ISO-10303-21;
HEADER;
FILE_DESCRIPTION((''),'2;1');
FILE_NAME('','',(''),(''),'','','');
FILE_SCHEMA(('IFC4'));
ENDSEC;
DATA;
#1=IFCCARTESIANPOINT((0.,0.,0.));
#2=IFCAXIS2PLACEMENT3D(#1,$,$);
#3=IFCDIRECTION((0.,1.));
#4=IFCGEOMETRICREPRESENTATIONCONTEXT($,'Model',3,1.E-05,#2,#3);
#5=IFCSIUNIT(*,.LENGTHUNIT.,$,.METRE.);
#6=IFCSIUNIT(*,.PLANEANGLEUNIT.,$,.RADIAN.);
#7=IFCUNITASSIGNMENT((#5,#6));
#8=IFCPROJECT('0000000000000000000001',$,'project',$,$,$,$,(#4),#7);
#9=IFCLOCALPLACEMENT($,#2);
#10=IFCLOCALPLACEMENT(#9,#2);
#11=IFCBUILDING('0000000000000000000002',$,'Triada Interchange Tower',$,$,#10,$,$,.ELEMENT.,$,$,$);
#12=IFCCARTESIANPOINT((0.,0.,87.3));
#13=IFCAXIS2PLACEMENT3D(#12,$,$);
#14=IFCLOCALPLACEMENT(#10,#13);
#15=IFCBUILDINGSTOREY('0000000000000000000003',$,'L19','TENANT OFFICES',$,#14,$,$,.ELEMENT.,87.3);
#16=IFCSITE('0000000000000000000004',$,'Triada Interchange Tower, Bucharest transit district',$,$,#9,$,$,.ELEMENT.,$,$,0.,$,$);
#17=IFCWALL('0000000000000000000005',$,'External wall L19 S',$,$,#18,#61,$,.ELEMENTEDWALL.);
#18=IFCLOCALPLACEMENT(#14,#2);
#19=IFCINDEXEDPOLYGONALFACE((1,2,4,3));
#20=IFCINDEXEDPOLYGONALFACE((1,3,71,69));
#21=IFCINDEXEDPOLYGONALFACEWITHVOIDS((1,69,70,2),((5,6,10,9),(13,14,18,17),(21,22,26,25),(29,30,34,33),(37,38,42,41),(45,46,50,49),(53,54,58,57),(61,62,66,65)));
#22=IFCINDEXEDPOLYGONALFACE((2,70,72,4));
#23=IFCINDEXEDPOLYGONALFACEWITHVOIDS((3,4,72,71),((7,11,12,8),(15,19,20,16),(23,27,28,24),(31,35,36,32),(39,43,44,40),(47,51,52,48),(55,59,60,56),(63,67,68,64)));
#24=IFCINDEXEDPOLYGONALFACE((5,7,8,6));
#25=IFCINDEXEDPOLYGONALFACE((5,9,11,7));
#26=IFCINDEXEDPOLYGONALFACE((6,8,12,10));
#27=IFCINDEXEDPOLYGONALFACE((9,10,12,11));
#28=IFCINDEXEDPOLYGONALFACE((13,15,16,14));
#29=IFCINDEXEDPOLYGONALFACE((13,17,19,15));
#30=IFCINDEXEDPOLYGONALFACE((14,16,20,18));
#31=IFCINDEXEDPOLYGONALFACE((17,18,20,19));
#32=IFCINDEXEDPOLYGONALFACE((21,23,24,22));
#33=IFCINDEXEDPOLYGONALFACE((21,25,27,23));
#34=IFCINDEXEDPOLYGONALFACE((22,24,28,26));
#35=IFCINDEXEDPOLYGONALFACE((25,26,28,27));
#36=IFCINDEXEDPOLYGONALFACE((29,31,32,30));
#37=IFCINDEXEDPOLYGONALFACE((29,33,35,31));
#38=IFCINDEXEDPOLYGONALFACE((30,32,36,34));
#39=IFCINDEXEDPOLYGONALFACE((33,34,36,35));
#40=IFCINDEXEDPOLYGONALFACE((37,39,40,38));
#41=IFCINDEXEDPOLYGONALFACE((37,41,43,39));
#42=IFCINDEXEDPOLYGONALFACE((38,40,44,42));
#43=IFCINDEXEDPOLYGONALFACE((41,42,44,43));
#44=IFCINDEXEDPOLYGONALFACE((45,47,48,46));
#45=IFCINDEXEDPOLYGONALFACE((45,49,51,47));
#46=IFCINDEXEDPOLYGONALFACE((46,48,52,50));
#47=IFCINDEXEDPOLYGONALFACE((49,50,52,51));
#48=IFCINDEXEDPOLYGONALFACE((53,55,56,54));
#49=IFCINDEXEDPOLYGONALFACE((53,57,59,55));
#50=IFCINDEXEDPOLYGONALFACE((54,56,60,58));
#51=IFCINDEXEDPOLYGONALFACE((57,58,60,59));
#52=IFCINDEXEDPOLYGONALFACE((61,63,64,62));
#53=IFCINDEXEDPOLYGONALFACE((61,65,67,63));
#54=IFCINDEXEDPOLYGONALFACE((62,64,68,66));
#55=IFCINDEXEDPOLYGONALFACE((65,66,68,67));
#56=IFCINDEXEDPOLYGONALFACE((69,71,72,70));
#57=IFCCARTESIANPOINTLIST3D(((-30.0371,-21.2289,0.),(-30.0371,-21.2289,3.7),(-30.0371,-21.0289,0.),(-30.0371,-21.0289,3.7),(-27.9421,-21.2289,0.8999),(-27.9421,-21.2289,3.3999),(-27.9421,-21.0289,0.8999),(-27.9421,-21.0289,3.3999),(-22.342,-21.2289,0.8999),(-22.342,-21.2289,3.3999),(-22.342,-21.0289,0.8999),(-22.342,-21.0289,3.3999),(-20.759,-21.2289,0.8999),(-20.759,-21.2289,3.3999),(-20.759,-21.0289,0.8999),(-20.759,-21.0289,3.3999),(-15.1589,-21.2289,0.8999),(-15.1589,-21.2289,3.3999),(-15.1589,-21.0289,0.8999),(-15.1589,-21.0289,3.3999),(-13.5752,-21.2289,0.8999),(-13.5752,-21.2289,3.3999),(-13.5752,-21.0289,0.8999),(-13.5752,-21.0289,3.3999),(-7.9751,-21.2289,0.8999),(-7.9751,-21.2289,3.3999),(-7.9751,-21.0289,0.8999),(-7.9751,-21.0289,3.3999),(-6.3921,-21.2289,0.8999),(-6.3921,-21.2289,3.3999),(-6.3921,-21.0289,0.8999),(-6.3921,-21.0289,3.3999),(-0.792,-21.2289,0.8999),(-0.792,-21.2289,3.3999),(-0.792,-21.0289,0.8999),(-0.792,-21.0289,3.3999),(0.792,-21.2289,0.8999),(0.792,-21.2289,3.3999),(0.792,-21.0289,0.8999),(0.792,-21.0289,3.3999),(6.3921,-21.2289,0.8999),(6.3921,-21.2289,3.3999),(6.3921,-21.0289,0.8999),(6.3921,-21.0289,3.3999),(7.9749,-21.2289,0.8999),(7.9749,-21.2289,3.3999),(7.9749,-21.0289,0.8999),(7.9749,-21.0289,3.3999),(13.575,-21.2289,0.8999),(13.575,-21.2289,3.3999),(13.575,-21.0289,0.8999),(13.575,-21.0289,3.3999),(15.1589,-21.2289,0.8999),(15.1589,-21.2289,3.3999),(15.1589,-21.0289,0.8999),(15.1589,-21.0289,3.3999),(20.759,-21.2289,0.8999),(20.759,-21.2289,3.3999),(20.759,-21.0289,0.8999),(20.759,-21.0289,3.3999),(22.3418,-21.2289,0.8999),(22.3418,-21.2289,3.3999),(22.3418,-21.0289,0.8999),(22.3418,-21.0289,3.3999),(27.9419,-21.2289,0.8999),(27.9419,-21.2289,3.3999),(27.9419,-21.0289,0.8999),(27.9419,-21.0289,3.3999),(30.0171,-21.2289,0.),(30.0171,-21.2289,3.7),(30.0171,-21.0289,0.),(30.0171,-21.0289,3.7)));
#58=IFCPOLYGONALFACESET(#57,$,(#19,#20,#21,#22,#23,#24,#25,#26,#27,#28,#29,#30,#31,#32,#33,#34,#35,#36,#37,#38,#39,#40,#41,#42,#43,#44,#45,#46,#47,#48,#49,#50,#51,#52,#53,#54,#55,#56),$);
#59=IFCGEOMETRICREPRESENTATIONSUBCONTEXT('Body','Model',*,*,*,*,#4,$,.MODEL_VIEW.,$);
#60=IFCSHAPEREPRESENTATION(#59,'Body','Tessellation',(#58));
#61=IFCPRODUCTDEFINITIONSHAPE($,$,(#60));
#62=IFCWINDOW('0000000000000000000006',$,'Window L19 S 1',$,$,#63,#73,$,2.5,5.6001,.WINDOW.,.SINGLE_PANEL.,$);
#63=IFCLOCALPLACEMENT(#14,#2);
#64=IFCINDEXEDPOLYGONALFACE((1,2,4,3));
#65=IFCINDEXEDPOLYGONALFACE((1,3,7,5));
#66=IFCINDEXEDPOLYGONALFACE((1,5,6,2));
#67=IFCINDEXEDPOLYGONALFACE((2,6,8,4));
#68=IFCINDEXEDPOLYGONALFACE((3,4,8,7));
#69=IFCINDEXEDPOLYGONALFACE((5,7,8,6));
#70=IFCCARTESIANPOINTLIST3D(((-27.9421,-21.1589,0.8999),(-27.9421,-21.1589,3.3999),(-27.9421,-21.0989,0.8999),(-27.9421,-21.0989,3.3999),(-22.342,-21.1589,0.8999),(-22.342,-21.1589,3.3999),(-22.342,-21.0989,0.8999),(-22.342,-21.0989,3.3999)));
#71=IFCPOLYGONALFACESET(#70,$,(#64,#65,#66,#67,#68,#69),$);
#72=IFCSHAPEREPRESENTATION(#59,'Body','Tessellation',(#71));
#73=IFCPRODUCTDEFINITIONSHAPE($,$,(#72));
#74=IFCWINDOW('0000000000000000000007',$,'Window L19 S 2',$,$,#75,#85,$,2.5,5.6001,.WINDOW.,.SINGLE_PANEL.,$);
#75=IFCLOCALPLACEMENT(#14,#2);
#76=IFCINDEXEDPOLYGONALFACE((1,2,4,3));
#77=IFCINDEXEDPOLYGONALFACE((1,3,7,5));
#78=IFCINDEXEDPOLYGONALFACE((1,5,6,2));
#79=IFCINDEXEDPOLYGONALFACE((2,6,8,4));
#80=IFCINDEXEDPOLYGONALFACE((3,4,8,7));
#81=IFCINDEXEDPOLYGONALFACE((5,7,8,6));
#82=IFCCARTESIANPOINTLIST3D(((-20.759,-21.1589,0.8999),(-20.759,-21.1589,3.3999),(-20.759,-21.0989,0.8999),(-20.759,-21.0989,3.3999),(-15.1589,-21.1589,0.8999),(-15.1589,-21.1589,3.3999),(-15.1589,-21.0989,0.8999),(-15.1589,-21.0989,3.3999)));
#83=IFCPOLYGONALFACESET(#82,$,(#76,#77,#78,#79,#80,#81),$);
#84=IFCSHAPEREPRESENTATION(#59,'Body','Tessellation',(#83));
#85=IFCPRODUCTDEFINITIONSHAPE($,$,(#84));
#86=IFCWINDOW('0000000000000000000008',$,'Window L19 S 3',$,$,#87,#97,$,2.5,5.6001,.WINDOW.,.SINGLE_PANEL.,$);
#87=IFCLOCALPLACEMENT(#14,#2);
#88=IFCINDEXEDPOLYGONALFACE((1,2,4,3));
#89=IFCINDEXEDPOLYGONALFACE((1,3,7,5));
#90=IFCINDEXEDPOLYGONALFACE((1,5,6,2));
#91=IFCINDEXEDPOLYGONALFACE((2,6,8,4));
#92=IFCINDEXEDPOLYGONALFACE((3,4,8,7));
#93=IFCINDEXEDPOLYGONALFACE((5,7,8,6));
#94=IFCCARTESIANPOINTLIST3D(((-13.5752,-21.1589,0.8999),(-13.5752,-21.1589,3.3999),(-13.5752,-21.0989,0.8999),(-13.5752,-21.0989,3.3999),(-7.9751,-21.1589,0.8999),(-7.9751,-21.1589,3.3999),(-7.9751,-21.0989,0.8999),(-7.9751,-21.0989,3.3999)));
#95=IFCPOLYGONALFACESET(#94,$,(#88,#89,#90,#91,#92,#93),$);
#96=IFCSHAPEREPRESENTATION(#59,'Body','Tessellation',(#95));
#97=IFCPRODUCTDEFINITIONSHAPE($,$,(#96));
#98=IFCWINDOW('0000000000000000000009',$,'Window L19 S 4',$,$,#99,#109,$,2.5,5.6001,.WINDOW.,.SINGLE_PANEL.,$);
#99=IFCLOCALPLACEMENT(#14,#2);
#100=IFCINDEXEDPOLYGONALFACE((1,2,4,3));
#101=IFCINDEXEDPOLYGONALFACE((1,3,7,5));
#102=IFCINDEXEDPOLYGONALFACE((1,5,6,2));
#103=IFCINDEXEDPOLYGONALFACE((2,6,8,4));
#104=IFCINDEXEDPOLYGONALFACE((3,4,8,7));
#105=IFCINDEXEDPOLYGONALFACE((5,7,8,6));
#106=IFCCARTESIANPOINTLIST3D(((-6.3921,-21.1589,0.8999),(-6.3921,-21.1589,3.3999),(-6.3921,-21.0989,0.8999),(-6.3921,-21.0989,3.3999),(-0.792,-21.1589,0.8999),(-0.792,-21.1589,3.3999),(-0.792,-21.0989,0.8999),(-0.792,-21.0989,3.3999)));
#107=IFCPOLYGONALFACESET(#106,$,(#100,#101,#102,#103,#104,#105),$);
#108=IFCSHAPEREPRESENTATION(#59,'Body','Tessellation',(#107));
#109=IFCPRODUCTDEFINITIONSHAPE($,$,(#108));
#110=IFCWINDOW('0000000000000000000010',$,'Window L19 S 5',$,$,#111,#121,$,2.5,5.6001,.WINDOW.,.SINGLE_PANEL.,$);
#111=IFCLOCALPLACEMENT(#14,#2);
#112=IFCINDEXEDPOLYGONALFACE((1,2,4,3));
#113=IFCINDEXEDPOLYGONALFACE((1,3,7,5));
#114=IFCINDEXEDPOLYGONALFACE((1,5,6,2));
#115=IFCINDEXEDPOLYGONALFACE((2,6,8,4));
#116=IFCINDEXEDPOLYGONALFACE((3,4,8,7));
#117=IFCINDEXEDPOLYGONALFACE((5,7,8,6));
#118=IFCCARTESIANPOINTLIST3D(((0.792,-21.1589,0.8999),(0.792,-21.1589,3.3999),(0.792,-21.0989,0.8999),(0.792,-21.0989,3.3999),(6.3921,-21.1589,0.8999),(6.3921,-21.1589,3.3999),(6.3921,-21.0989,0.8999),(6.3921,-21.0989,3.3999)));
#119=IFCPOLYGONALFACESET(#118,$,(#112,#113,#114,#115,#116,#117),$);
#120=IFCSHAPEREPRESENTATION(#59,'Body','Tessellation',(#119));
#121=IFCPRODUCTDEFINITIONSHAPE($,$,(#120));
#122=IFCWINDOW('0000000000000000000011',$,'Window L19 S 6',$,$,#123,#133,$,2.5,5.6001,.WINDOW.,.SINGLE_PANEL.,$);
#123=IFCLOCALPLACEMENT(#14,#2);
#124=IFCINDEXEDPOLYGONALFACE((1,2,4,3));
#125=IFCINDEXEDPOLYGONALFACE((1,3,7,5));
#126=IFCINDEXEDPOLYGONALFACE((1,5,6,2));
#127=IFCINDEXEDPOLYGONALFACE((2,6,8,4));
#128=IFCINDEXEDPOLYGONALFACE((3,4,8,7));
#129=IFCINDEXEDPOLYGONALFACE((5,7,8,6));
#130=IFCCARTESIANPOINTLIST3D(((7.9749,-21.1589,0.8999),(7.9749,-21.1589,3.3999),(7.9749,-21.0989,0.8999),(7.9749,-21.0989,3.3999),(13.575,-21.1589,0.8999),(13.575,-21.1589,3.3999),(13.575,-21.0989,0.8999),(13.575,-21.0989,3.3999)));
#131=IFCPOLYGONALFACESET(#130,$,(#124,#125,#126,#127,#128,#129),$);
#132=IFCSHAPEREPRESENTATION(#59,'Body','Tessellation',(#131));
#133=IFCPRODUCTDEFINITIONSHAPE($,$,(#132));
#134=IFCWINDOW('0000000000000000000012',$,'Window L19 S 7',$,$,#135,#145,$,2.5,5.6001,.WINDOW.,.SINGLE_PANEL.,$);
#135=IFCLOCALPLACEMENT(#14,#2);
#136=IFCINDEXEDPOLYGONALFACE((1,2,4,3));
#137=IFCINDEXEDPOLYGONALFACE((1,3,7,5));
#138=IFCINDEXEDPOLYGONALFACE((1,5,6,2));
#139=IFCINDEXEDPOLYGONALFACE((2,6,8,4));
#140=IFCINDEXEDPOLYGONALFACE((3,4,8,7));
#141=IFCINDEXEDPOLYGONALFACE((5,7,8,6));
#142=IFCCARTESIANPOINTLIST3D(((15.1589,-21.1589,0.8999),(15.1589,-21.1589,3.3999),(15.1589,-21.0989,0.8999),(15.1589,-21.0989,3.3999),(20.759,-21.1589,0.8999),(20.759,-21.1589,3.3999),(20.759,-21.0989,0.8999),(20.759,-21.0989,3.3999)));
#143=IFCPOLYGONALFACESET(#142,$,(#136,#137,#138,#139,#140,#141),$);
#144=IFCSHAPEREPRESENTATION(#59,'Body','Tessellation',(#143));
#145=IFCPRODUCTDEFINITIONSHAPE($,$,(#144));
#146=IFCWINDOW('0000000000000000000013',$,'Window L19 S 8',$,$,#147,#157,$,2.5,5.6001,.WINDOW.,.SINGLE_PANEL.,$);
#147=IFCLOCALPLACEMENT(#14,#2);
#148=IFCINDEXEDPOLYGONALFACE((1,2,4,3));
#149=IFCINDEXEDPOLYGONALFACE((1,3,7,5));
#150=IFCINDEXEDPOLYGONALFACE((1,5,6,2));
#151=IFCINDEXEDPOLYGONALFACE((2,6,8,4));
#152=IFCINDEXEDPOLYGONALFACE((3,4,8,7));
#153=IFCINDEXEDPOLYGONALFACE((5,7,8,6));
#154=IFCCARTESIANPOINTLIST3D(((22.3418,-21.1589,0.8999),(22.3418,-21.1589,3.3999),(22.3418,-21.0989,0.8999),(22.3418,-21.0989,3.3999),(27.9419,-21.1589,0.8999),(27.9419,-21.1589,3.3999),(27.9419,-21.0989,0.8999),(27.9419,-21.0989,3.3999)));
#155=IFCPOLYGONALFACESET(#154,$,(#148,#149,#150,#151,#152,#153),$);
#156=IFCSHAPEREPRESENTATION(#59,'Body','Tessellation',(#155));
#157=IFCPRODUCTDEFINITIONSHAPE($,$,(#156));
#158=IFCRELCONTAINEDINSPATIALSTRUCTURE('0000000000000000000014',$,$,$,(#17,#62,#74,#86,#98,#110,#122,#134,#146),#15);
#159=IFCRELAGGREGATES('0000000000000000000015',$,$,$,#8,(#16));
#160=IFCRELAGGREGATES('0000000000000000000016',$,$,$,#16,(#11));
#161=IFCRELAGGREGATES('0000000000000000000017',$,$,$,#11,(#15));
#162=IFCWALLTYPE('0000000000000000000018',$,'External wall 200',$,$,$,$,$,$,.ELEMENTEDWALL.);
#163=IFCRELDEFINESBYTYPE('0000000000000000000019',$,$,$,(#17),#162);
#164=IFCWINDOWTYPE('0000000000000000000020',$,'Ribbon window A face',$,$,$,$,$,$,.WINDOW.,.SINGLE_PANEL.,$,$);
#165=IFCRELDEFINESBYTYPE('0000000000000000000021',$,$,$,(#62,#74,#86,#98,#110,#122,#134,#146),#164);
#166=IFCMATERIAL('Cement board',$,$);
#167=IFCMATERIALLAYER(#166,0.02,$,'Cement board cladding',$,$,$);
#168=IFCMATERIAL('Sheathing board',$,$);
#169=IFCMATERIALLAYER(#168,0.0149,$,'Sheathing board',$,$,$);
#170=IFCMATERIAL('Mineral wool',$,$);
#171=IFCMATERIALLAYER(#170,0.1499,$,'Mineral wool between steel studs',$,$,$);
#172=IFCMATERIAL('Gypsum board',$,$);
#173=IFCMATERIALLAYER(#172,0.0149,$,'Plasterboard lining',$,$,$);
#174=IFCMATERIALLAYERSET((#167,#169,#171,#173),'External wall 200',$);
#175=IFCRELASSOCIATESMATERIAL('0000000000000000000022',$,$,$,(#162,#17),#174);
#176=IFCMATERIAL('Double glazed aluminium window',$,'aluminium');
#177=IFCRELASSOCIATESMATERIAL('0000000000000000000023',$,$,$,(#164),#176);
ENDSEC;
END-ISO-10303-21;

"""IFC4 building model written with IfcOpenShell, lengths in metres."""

from ifc_helpers import new_model, si_unit, direction, frame, frame_2d, origin, place, context, subcontext, project, spatial, rectangle, extrude, material, layer, layer_set, layer_usage, type_object, element, fill, save


model = new_model("IFC4")

# Units and contexts
model_context = context("Model", 3, precision=1e-05, world=origin(), true_north=direction((0.0, 1.0)))
body_context = subcontext(model_context, "Body", "Model", "MODEL_VIEW")
ifc_project = project(units=[si_unit("LENGTHUNIT", "METRE"), si_unit("PLANEANGLEUNIT", "RADIAN")], contexts=[model_context])

# Site, building, storey
site_placement = place(None, origin())
site = spatial("IfcSite", under=ifc_project, at=site_placement, Name="Triada Interchange Tower, Bucharest transit district", CompositionType="ELEMENT", RefElevation=0.0)
building_placement = place(site_placement, origin())
building = spatial("IfcBuilding", under=site, at=building_placement, Name="Triada Interchange Tower", CompositionType="ELEMENT")
storey_placement = place(building_placement, frame((0.0, 0.0, 87.3)))
storey = spatial("IfcBuildingStorey", under=building, at=storey_placement, Name="L19", Description="TENANT OFFICES", CompositionType="ELEMENT", Elevation=87.3)

# Shared definitions
ifc_material_1 = material(Name="Cement board")
ifc_layer_1 = layer(ifc_material_1, 0.02, Name="Cement board cladding")
ifc_material_2 = material(Name="Sheathing board")
ifc_layer_2 = layer(ifc_material_2, 0.0149, Name="Sheathing board")
ifc_material_3 = material(Name="Mineral wool")
ifc_layer_3 = layer(ifc_material_3, 0.1499, Name="Mineral wool between steel studs")
ifc_material_4 = material(Name="Gypsum board")
ifc_layer_4 = layer(ifc_material_4, 0.0149, Name="Plasterboard lining")
ifc_layer_set_1 = layer_set([ifc_layer_1, ifc_layer_2, ifc_layer_3, ifc_layer_4], Name="External wall 200")
ifc_layer_usage = layer_usage(ifc_layer_set_1, "AXIS2", "POSITIVE", -0.1001)
wall_type_1 = type_object("IfcWallType", Name="External wall 200", PredefinedType="ELEMENTEDWALL", material=ifc_layer_set_1)
ifc_material_5 = material(Name="Double glazed aluminium window", Category="aluminium")

# Wall, openings, windows
wall_1_placement = place(storey_placement, frame((-30.0371, -21.1289, 0.0), z_axis=(0.0, 0.0, 1.0), x_axis=(1.0, 0.0, 0.0)))
wall_1 = element("IfcWall", 1, at=wall_1_placement, inside=storey, type_object=wall_type_1, material=ifc_layer_usage, Name="External wall L19 S", PredefinedType="ELEMENTEDWALL", context=body_context, shape_type="SweptSolid", body=[
    extrude(rectangle(XDim=60.0542, YDim=0.2, at=frame_2d((30.0271, 0.0))), origin(), (0.0, 0.0, 1.0), 3.7),
])
opening_1_placement = place(wall_1_placement, frame((2.095, 0.0, 0.8999)))
opening_1 = element("IfcOpeningElement", 2, at=opening_1_placement, cuts=wall_1, PredefinedType="OPENING", context=body_context, shape_type="SweptSolid", body=[
    extrude(rectangle(XDim=5.6001, YDim=2.5, at=frame_2d((2.8, 1.25))), frame((0.0, 0.1099, 0.0), z_axis=(0.0, -1.0, 0.0), x_axis=(1.0, 0.0, 0.0)), (0.0, 0.0, 1.0), 0.22),
])
opening_2_placement = place(wall_1_placement, frame((9.2781, 0.0, 0.8999)))
opening_2 = element("IfcOpeningElement", 3, at=opening_2_placement, cuts=wall_1, PredefinedType="OPENING", context=body_context, shape_type="SweptSolid", body=[
    extrude(rectangle(XDim=5.6001, YDim=2.5, at=frame_2d((2.8, 1.25))), frame((0.0, 0.1099, 0.0), z_axis=(0.0, -1.0, 0.0), x_axis=(1.0, 0.0, 0.0)), (0.0, 0.0, 1.0), 0.22),
])
opening_3_placement = place(wall_1_placement, frame((16.4619, 0.0, 0.8999)))
opening_3 = element("IfcOpeningElement", 4, at=opening_3_placement, cuts=wall_1, PredefinedType="OPENING", context=body_context, shape_type="SweptSolid", body=[
    extrude(rectangle(XDim=5.6001, YDim=2.5, at=frame_2d((2.8, 1.25))), frame((0.0, 0.1099, 0.0), z_axis=(0.0, -1.0, 0.0), x_axis=(1.0, 0.0, 0.0)), (0.0, 0.0, 1.0), 0.22),
])
opening_4_placement = place(wall_1_placement, frame((23.645, 0.0, 0.8999)))
opening_4 = element("IfcOpeningElement", 5, at=opening_4_placement, cuts=wall_1, PredefinedType="OPENING", context=body_context, shape_type="SweptSolid", body=[
    extrude(rectangle(XDim=5.6001, YDim=2.5, at=frame_2d((2.8, 1.25))), frame((0.0, 0.1099, 0.0), z_axis=(0.0, -1.0, 0.0), x_axis=(1.0, 0.0, 0.0)), (0.0, 0.0, 1.0), 0.22),
])
opening_5_placement = place(wall_1_placement, frame((30.8291, 0.0, 0.8999)))
opening_5 = element("IfcOpeningElement", 6, at=opening_5_placement, cuts=wall_1, PredefinedType="OPENING", context=body_context, shape_type="SweptSolid", body=[
    extrude(rectangle(XDim=5.6001, YDim=2.5, at=frame_2d((2.8, 1.25))), frame((0.0, 0.1099, 0.0), z_axis=(0.0, -1.0, 0.0), x_axis=(1.0, 0.0, 0.0)), (0.0, 0.0, 1.0), 0.22),
])
opening_6_placement = place(wall_1_placement, frame((38.012, 0.0, 0.8999)))
opening_6 = element("IfcOpeningElement", 7, at=opening_6_placement, cuts=wall_1, PredefinedType="OPENING", context=body_context, shape_type="SweptSolid", body=[
    extrude(rectangle(XDim=5.6001, YDim=2.5, at=frame_2d((2.8, 1.25))), frame((0.0, 0.1099, 0.0), z_axis=(0.0, -1.0, 0.0), x_axis=(1.0, 0.0, 0.0)), (0.0, 0.0, 1.0), 0.22),
])
opening_7_placement = place(wall_1_placement, frame((45.196, 0.0, 0.8999)))
opening_7 = element("IfcOpeningElement", 8, at=opening_7_placement, cuts=wall_1, PredefinedType="OPENING", context=body_context, shape_type="SweptSolid", body=[
    extrude(rectangle(XDim=5.6001, YDim=2.5, at=frame_2d((2.8, 1.25))), frame((0.0, 0.1099, 0.0), z_axis=(0.0, -1.0, 0.0), x_axis=(1.0, 0.0, 0.0)), (0.0, 0.0, 1.0), 0.22),
])
opening_8_placement = place(wall_1_placement, frame((52.3789, 0.0, 0.8999)))
opening_8 = element("IfcOpeningElement", 9, at=opening_8_placement, cuts=wall_1, PredefinedType="OPENING", context=body_context, shape_type="SweptSolid", body=[
    extrude(rectangle(XDim=5.6001, YDim=2.5, at=frame_2d((2.8, 1.25))), frame((0.0, 0.1099, 0.0), z_axis=(0.0, -1.0, 0.0), x_axis=(1.0, 0.0, 0.0)), (0.0, 0.0, 1.0), 0.22),
])
window_type_1 = type_object("IfcWindowType", Name="Ribbon window A face", PartitioningType="SINGLE_PANEL", PredefinedType="WINDOW", material=ifc_material_5)
window_1_placement = place(opening_1_placement, origin())
window_1 = element("IfcWindow", 10, at=window_1_placement, inside=storey, type_object=window_type_1, Name="Window L19 S 1", OverallHeight=2.5, OverallWidth=5.6001, PartitioningType="SINGLE_PANEL", PredefinedType="WINDOW", context=body_context, shape_type="SweptSolid", body=[
    extrude(rectangle(XDim=5.6001, YDim=2.5, at=frame_2d((2.8, 1.25))), frame((0.0, 0.03, 0.0), z_axis=(0.0, -1.0, 0.0), x_axis=(1.0, 0.0, 0.0)), (0.0, 0.0, 1.0), 0.0601),
])
fill(opening_1, window_1)
window_2_placement = place(opening_2_placement, origin())
window_2 = element("IfcWindow", 11, at=window_2_placement, inside=storey, type_object=window_type_1, Name="Window L19 S 2", OverallHeight=2.5, OverallWidth=5.6001, PartitioningType="SINGLE_PANEL", PredefinedType="WINDOW", context=body_context, shape_type="SweptSolid", body=[
    extrude(rectangle(XDim=5.6001, YDim=2.5, at=frame_2d((2.8, 1.25))), frame((0.0, 0.03, 0.0), z_axis=(0.0, -1.0, 0.0), x_axis=(1.0, 0.0, 0.0)), (0.0, 0.0, 1.0), 0.0601),
])
fill(opening_2, window_2)
window_3_placement = place(opening_3_placement, origin())
window_3 = element("IfcWindow", 12, at=window_3_placement, inside=storey, type_object=window_type_1, Name="Window L19 S 3", OverallHeight=2.5, OverallWidth=5.6001, PartitioningType="SINGLE_PANEL", PredefinedType="WINDOW", context=body_context, shape_type="SweptSolid", body=[
    extrude(rectangle(XDim=5.6001, YDim=2.5, at=frame_2d((2.8, 1.25))), frame((0.0, 0.03, 0.0), z_axis=(0.0, -1.0, 0.0), x_axis=(1.0, 0.0, 0.0)), (0.0, 0.0, 1.0), 0.0601),
])
fill(opening_3, window_3)
window_4_placement = place(opening_4_placement, origin())
window_4 = element("IfcWindow", 13, at=window_4_placement, inside=storey, type_object=window_type_1, Name="Window L19 S 4", OverallHeight=2.5, OverallWidth=5.6001, PartitioningType="SINGLE_PANEL", PredefinedType="WINDOW", context=body_context, shape_type="SweptSolid", body=[
    extrude(rectangle(XDim=5.6001, YDim=2.5, at=frame_2d((2.8, 1.25))), frame((0.0, 0.03, 0.0), z_axis=(0.0, -1.0, 0.0), x_axis=(1.0, 0.0, 0.0)), (0.0, 0.0, 1.0), 0.0601),
])
fill(opening_4, window_4)
window_5_placement = place(opening_5_placement, origin())
window_5 = element("IfcWindow", 14, at=window_5_placement, inside=storey, type_object=window_type_1, Name="Window L19 S 5", OverallHeight=2.5, OverallWidth=5.6001, PartitioningType="SINGLE_PANEL", PredefinedType="WINDOW", context=body_context, shape_type="SweptSolid", body=[
    extrude(rectangle(XDim=5.6001, YDim=2.5, at=frame_2d((2.8, 1.25))), frame((0.0, 0.03, 0.0), z_axis=(0.0, -1.0, 0.0), x_axis=(1.0, 0.0, 0.0)), (0.0, 0.0, 1.0), 0.0601),
])
fill(opening_5, window_5)
window_6_placement = place(opening_6_placement, origin())
window_6 = element("IfcWindow", 15, at=window_6_placement, inside=storey, type_object=window_type_1, Name="Window L19 S 6", OverallHeight=2.5, OverallWidth=5.6001, PartitioningType="SINGLE_PANEL", PredefinedType="WINDOW", context=body_context, shape_type="SweptSolid", body=[
    extrude(rectangle(XDim=5.6001, YDim=2.5, at=frame_2d((2.8, 1.25))), frame((0.0, 0.03, 0.0), z_axis=(0.0, -1.0, 0.0), x_axis=(1.0, 0.0, 0.0)), (0.0, 0.0, 1.0), 0.0601),
])
fill(opening_6, window_6)
window_7_placement = place(opening_7_placement, origin())
window_7 = element("IfcWindow", 16, at=window_7_placement, inside=storey, type_object=window_type_1, Name="Window L19 S 7", OverallHeight=2.5, OverallWidth=5.6001, PartitioningType="SINGLE_PANEL", PredefinedType="WINDOW", context=body_context, shape_type="SweptSolid", body=[
    extrude(rectangle(XDim=5.6001, YDim=2.5, at=frame_2d((2.8, 1.25))), frame((0.0, 0.03, 0.0), z_axis=(0.0, -1.0, 0.0), x_axis=(1.0, 0.0, 0.0)), (0.0, 0.0, 1.0), 0.0601),
])
fill(opening_7, window_7)
window_8_placement = place(opening_8_placement, origin())
window_8 = element("IfcWindow", 17, at=window_8_placement, inside=storey, type_object=window_type_1, Name="Window L19 S 8", OverallHeight=2.5, OverallWidth=5.6001, PartitioningType="SINGLE_PANEL", PredefinedType="WINDOW", context=body_context, shape_type="SweptSolid", body=[
    extrude(rectangle(XDim=5.6001, YDim=2.5, at=frame_2d((2.8, 1.25))), frame((0.0, 0.03, 0.0), z_axis=(0.0, -1.0, 0.0), x_axis=(1.0, 0.0, 0.0)), (0.0, 0.0, 1.0), 0.0601),
])
fill(opening_8, window_8)

save(model, "model.ifc")
